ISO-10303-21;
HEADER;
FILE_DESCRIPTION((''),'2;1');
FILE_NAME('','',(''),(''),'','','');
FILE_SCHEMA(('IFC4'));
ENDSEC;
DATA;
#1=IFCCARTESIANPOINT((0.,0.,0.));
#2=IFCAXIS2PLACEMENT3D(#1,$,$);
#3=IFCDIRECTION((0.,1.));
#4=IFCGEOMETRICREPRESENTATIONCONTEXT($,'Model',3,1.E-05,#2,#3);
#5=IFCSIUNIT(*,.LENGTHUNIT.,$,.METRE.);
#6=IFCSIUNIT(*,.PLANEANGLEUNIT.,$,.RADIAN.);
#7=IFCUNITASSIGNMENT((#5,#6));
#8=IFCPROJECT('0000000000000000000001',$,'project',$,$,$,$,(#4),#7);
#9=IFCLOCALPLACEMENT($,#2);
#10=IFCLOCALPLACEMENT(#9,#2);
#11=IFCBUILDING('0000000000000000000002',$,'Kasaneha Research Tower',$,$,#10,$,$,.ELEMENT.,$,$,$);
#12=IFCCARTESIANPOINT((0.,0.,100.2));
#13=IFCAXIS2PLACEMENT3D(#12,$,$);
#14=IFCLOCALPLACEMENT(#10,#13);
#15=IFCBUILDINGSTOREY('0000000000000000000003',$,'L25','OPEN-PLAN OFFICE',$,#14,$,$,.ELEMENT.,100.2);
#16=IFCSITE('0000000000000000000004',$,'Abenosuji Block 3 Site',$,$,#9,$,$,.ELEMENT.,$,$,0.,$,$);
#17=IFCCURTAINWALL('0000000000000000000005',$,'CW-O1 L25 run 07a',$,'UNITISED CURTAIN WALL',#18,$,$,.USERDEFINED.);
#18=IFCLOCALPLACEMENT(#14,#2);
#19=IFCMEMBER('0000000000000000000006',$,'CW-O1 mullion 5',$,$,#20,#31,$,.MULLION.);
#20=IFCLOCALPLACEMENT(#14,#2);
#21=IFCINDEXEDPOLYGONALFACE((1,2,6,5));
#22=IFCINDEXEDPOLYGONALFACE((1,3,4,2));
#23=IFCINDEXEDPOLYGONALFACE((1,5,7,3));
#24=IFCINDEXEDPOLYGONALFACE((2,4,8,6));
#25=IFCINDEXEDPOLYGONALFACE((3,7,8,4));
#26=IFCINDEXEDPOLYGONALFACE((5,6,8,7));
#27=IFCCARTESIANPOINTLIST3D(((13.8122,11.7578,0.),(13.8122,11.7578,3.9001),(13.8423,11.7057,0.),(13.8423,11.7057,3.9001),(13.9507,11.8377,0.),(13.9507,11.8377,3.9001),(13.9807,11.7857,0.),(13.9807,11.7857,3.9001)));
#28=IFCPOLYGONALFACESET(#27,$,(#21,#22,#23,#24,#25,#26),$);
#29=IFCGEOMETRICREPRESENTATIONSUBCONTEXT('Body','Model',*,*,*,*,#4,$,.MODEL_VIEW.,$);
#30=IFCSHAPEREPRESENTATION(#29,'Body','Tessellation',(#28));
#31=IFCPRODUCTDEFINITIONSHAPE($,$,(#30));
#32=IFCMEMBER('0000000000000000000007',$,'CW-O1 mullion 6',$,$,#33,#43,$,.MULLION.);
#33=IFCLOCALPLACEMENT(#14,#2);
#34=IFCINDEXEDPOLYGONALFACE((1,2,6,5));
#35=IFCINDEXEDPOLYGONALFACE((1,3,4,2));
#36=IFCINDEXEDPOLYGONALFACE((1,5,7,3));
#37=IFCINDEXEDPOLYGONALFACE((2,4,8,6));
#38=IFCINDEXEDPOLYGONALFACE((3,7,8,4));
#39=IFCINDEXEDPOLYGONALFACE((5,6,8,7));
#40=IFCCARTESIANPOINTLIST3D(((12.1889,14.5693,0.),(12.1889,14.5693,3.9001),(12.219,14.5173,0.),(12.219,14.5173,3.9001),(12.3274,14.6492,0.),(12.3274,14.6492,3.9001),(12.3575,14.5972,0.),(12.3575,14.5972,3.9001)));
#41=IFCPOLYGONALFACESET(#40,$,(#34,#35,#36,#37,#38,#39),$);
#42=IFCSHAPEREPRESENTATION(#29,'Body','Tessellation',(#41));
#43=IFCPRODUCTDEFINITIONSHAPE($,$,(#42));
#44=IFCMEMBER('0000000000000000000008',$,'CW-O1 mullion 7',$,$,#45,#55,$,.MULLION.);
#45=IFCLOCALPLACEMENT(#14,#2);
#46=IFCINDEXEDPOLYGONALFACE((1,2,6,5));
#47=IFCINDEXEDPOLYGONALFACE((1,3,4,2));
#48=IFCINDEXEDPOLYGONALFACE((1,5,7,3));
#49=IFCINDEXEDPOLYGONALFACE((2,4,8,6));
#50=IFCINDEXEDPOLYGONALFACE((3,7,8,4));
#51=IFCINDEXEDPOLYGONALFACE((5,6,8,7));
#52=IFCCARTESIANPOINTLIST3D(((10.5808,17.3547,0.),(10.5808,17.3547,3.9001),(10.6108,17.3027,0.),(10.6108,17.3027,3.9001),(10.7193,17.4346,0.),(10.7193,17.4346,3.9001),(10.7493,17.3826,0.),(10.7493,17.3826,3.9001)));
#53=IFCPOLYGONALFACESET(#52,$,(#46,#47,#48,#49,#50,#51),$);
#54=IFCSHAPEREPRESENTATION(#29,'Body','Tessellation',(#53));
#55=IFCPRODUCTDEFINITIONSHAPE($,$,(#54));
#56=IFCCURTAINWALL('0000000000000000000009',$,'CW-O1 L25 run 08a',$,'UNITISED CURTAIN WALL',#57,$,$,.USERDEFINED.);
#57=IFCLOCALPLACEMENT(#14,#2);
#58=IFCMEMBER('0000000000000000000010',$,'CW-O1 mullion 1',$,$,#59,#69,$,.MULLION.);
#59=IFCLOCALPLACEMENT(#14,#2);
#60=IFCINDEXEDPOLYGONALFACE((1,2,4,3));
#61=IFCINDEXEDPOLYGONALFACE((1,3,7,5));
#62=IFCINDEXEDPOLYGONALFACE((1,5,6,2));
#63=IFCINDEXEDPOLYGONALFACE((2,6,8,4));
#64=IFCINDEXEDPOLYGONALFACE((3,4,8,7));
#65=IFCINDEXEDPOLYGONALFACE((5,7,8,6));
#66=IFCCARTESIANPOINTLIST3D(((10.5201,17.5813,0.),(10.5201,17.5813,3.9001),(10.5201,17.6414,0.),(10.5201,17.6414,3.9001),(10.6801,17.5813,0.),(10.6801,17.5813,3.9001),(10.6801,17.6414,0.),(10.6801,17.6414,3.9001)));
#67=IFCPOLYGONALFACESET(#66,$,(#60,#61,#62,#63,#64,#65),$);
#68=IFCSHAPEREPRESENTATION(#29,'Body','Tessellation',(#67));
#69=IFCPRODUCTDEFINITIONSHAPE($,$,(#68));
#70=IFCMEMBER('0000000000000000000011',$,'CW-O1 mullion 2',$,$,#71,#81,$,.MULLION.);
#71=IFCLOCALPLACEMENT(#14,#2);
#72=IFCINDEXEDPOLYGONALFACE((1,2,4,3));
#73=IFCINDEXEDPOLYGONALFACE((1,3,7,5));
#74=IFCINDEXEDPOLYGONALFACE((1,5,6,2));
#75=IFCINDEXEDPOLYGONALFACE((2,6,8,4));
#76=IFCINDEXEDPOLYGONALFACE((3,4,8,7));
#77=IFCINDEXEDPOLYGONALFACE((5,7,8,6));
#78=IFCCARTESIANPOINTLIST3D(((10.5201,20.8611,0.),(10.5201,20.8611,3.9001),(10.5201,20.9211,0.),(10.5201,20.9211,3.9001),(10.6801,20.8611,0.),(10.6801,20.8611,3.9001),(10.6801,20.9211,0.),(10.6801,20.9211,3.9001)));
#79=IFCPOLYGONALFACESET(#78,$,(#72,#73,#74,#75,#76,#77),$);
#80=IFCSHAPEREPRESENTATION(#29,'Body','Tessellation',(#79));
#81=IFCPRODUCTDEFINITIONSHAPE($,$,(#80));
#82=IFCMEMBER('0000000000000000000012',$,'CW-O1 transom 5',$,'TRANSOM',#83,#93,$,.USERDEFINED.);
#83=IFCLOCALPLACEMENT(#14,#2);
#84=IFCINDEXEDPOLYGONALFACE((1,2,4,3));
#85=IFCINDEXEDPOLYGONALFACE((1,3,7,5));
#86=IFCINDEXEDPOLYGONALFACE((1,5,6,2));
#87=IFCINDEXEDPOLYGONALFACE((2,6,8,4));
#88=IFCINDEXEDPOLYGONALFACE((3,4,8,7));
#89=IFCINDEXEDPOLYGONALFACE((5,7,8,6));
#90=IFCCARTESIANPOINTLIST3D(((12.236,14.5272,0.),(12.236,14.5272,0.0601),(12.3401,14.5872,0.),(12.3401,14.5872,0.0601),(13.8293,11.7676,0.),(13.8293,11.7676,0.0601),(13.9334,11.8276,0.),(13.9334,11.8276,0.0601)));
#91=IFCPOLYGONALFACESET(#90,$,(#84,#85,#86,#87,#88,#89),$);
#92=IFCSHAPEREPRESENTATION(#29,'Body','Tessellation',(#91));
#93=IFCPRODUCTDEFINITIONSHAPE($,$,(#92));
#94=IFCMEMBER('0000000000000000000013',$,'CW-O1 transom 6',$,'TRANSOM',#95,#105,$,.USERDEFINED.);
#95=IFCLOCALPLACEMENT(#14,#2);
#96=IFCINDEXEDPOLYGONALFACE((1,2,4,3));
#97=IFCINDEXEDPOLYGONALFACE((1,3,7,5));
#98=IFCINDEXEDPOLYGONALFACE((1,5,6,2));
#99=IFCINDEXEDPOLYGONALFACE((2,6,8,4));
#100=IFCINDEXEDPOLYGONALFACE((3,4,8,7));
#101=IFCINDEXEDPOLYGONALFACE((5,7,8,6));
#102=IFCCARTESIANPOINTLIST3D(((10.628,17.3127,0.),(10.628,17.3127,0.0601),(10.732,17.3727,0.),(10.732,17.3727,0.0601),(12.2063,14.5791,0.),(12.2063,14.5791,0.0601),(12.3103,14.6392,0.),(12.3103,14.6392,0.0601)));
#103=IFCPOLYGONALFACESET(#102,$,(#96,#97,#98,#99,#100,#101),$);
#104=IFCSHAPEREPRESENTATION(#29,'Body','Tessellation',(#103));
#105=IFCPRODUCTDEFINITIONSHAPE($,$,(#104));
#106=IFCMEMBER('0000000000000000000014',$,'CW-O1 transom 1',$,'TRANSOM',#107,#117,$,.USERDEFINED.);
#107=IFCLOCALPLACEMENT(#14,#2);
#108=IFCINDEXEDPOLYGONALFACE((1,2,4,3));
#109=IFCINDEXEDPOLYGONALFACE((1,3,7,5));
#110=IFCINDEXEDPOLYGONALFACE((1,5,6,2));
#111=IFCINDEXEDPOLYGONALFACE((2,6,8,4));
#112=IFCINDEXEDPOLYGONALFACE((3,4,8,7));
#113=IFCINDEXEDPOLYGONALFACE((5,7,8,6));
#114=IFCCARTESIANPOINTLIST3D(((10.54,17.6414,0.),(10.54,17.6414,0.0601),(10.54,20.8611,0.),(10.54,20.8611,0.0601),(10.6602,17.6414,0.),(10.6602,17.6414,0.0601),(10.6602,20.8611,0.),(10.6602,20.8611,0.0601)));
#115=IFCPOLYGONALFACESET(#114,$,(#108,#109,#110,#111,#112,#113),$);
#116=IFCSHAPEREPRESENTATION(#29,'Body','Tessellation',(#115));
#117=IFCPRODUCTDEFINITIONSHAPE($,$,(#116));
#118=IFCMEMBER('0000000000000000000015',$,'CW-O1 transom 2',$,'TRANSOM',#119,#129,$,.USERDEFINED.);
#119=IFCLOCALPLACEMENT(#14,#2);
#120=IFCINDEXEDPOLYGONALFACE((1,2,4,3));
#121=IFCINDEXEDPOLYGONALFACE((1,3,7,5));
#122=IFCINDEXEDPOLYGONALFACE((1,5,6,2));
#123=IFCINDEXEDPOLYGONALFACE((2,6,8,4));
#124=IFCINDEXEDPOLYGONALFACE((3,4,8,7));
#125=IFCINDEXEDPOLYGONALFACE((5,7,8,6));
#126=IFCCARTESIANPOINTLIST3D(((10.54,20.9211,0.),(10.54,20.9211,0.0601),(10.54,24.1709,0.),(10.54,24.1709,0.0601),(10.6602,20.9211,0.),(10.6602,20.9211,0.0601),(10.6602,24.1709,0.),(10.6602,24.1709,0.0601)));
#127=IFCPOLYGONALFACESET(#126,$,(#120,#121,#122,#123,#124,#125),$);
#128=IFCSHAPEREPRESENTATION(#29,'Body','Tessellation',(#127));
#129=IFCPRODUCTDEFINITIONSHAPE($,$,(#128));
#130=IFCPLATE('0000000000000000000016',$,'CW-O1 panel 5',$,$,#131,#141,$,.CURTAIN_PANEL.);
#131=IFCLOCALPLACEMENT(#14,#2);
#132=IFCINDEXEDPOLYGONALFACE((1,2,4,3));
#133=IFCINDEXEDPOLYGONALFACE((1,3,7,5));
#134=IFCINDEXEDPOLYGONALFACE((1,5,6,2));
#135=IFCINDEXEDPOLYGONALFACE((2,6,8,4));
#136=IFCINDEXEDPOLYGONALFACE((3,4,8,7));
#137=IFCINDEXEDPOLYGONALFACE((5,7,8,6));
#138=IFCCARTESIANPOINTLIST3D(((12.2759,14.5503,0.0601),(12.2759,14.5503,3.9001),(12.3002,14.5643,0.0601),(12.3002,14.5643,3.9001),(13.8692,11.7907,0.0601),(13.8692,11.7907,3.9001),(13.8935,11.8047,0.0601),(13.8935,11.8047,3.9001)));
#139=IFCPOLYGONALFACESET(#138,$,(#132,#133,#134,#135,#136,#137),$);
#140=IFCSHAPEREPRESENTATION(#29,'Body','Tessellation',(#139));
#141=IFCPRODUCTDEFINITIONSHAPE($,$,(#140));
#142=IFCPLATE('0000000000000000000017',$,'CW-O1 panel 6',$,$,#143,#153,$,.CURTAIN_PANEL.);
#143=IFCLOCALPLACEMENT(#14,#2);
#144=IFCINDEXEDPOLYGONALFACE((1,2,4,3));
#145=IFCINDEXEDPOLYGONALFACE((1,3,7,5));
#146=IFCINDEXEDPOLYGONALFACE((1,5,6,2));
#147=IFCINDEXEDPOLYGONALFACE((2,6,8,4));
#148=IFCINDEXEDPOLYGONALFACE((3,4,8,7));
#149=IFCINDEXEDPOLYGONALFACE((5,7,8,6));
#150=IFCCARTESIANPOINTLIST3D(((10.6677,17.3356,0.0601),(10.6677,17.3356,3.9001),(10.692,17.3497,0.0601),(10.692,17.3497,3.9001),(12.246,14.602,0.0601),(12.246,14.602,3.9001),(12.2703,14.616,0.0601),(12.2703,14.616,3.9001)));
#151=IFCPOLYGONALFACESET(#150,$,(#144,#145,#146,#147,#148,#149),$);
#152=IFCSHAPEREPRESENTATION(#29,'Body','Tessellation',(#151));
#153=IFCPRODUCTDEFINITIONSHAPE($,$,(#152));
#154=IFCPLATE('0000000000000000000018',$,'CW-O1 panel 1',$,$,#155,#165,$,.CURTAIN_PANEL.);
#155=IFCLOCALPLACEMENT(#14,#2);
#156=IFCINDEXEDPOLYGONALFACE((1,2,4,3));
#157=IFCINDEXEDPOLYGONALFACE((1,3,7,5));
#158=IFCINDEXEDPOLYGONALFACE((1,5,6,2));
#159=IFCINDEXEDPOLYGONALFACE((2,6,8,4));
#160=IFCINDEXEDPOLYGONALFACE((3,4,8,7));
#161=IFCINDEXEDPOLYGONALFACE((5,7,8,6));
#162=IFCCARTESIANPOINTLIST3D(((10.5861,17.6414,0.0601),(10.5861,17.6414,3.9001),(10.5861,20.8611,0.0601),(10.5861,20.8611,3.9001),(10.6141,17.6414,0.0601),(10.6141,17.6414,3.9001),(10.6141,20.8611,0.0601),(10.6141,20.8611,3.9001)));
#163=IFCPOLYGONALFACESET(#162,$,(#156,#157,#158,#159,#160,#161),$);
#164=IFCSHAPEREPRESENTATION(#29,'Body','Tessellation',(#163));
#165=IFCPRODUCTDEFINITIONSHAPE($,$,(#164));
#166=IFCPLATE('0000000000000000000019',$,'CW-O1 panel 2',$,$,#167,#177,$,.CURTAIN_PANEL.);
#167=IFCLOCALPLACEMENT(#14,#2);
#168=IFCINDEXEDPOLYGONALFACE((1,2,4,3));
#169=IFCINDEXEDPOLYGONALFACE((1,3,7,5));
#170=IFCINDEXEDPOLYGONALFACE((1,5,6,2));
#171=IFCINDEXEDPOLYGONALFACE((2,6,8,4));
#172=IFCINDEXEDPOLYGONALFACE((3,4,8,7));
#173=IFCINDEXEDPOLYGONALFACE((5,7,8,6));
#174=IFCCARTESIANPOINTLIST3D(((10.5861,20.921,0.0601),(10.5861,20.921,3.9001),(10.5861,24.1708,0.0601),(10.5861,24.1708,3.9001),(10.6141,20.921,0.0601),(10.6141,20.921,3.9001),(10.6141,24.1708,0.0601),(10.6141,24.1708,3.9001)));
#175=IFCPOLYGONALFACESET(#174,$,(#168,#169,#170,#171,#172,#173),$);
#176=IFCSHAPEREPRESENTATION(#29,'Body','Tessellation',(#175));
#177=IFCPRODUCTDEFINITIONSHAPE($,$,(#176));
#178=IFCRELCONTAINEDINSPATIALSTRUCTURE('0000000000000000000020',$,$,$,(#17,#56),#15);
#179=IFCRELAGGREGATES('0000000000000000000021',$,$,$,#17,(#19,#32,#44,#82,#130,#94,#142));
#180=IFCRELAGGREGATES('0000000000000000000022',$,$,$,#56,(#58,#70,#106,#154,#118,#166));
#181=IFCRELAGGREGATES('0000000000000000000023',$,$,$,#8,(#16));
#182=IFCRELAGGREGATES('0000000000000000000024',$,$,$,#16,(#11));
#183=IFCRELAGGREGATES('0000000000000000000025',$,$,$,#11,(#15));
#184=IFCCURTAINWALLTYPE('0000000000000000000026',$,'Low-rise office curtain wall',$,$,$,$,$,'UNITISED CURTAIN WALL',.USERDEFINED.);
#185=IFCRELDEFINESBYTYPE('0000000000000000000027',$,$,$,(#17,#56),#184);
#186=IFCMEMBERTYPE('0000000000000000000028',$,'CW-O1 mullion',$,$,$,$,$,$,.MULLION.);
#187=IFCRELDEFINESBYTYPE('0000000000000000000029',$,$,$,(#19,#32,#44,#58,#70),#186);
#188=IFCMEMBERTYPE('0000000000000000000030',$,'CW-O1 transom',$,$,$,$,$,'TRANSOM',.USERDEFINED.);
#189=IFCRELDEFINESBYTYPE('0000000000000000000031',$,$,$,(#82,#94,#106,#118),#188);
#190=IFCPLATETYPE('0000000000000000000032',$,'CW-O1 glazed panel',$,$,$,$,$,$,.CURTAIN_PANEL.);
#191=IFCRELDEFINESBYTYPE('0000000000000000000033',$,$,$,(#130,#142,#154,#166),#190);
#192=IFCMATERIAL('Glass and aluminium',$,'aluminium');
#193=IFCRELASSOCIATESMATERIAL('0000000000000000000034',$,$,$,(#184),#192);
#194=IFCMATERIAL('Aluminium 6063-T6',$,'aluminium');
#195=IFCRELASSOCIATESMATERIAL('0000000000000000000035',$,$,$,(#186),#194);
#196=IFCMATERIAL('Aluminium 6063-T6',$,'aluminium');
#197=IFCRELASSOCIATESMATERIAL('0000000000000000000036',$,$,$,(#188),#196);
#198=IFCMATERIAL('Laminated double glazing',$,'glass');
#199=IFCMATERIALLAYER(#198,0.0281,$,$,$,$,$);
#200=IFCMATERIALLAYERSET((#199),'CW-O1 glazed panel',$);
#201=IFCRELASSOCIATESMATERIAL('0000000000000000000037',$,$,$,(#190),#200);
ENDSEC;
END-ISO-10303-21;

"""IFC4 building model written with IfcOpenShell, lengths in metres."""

from ifc_helpers import new_model, si_unit, direction, frame, origin, origin_2d, place, context, subcontext, project, spatial, rectangle, extrude, material, layer, layer_set, material_profile, profile_set, type_object, element, aggregate, save


model = new_model("IFC4")

# Units and contexts
model_context = context("Model", 3, precision=1e-05, world=origin(), true_north=direction((0.0, 1.0)))
body_context = subcontext(model_context, "Body", "Model", "MODEL_VIEW")
ifc_project = project(units=[si_unit("LENGTHUNIT", "METRE"), si_unit("PLANEANGLEUNIT", "RADIAN")], contexts=[model_context])

# Site, building, storey
site_placement = place(None, origin())
site = spatial("IfcSite", under=ifc_project, at=site_placement, Name="Abenosuji Block 3 Site", CompositionType="ELEMENT", RefElevation=0.0)
building_placement = place(site_placement, origin())
building = spatial("IfcBuilding", under=site, at=building_placement, Name="Kasaneha Research Tower", CompositionType="ELEMENT")
storey_placement = place(building_placement, frame((0.0, 0.0, 100.2)))
storey = spatial("IfcBuildingStorey", under=building, at=storey_placement, Name="L25", Description="OPEN-PLAN OFFICE", CompositionType="ELEMENT", Elevation=100.2)

# Curtain walls, members
ifc_material_1 = material(Name="Glass and aluminium", Category="aluminium")
curtain_wall_type = type_object("IfcCurtainWallType", Name="Low-rise office curtain wall", ElementType="UNITISED CURTAIN WALL", PredefinedType="USERDEFINED", material=ifc_material_1)
curtain_wall_1_placement = place(storey_placement, origin())
curtain_wall_1 = element("IfcCurtainWall", 1, at=curtain_wall_1_placement, inside=storey, type_object=curtain_wall_type, Name="CW-O1 L25 run 07a", ObjectType="UNITISED CURTAIN WALL", PredefinedType="USERDEFINED")
ifc_material_2 = material(Name="Aluminium 6063-T6", Category="aluminium")
ifc_material_profile_1 = material_profile(ifc_material_2, rectangle(XDim=0.0601, YDim=0.1599, at=origin_2d()), Name="CW-O1 mullion 60x160")
ifc_profile_set_1 = profile_set([ifc_material_profile_1], Name="Aluminium 6063-T6")
member_type_1 = type_object("IfcMemberType", Name="CW-O1 mullion", PredefinedType="MULLION", material=ifc_profile_set_1)
member_1_placement = place(storey_placement, frame((13.8965, 11.7717, 0.0), z_axis=(0.0, 0.0, 1.0), x_axis=(-0.5, 0.866025, 0.0)))
member_1 = element("IfcMember", 2, at=member_1_placement, type_object=member_type_1, Name="CW-O1 mullion 5", PredefinedType="MULLION", context=body_context, shape_type="SweptSolid", body=[
    extrude(rectangle(XDim=0.0601, YDim=0.1599, at=origin_2d()), origin(), (0.0, 0.0, 1.0), 3.9001),
])
member_2_placement = place(storey_placement, frame((12.2732, 14.5833, 0.0), z_axis=(0.0, 0.0, 1.0), x_axis=(-0.5, 0.866025, 0.0)))
member_2 = element("IfcMember", 3, at=member_2_placement, type_object=member_type_1, Name="CW-O1 mullion 6", PredefinedType="MULLION", context=body_context, shape_type="SweptSolid", body=[
    extrude(rectangle(XDim=0.0601, YDim=0.1599, at=origin_2d()), origin(), (0.0, 0.0, 1.0), 3.9001),
])
member_3_placement = place(storey_placement, frame((10.665, 17.3687, 0.0), z_axis=(0.0, 0.0, 1.0), x_axis=(-0.5, 0.866025, 0.0)))
member_3 = element("IfcMember", 4, at=member_3_placement, type_object=member_type_1, Name="CW-O1 mullion 7", PredefinedType="MULLION", context=body_context, shape_type="SweptSolid", body=[
    extrude(rectangle(XDim=0.0601, YDim=0.1599, at=origin_2d()), origin(), (0.0, 0.0, 1.0), 3.9001),
])
curtain_wall_2_placement = place(storey_placement, origin())
curtain_wall_2 = element("IfcCurtainWall", 5, at=curtain_wall_2_placement, inside=storey, type_object=curtain_wall_type, Name="CW-O1 L25 run 08a", ObjectType="UNITISED CURTAIN WALL", PredefinedType="USERDEFINED")
member_4_placement = place(storey_placement, frame((10.6001, 17.6113, 0.0), z_axis=(0.0, 0.0, 1.0), x_axis=(0.0, 1.0, 0.0)))
member_4 = element("IfcMember", 6, at=member_4_placement, type_object=member_type_1, Name="CW-O1 mullion 1", PredefinedType="MULLION", context=body_context, shape_type="SweptSolid", body=[
    extrude(rectangle(XDim=0.0601, YDim=0.1599, at=origin_2d()), origin(), (0.0, 0.0, 1.0), 3.9001),
])
member_5_placement = place(storey_placement, frame((10.6001, 20.8911, 0.0), z_axis=(0.0, 0.0, 1.0), x_axis=(0.0, 1.0, 0.0)))
member_5 = element("IfcMember", 7, at=member_5_placement, type_object=member_type_1, Name="CW-O1 mullion 2", PredefinedType="MULLION", context=body_context, shape_type="SweptSolid", body=[
    extrude(rectangle(XDim=0.0601, YDim=0.1599, at=origin_2d()), origin(), (0.0, 0.0, 1.0), 3.9001),
])

# Members
ifc_material_3 = material(Name="Aluminium 6063-T6", Category="aluminium")
ifc_material_profile_2 = material_profile(ifc_material_3, rectangle(XDim=0.1201, YDim=0.0601, at=origin_2d()), Name="CW-O1 transom 120x60")
ifc_profile_set_2 = profile_set([ifc_material_profile_2], Name="Aluminium 6063-T6")
member_type_2 = type_object("IfcMemberType", Name="CW-O1 transom", ElementType="TRANSOM", PredefinedType="USERDEFINED", material=ifc_profile_set_2)
member_6_placement = place(storey_placement, frame((13.8813, 11.7976, 0.03), z_axis=(-0.500012, 0.866018, 0.0), x_axis=(-0.866018, -0.500012, 0.0)))
member_6 = element("IfcMember", 8, at=member_6_placement, type_object=member_type_2, Name="CW-O1 transom 5", ObjectType="TRANSOM", PredefinedType="USERDEFINED", context=body_context, shape_type="SweptSolid", body=[
    extrude(rectangle(XDim=0.1201, YDim=0.0601, at=origin_2d()), origin(), (0.0, 0.0, 1.0), 3.1865),
])
member_7_placement = place(storey_placement, frame((12.2583, 14.6091, 0.03), z_axis=(-0.500024, 0.866012, 0.0), x_axis=(-0.866012, -0.500024, 0.0)))
member_7 = element("IfcMember", 9, at=member_7_placement, type_object=member_type_2, Name="CW-O1 transom 6", ObjectType="TRANSOM", PredefinedType="USERDEFINED", context=body_context, shape_type="SweptSolid", body=[
    extrude(rectangle(XDim=0.1201, YDim=0.0601, at=origin_2d()), origin(), (0.0, 0.0, 1.0), 3.1565),
])
member_8_placement = place(storey_placement, frame((10.6001, 17.6414, 0.03), z_axis=(0.0, 1.0, 0.0), x_axis=(-1.0, 0.0, 0.0)))
member_8 = element("IfcMember", 10, at=member_8_placement, type_object=member_type_2, Name="CW-O1 transom 1", ObjectType="TRANSOM", PredefinedType="USERDEFINED", context=body_context, shape_type="SweptSolid", body=[
    extrude(rectangle(XDim=0.1201, YDim=0.0601, at=origin_2d()), origin(), (0.0, 0.0, 1.0), 3.2197),
])
member_9_placement = place(storey_placement, frame((10.6001, 20.9211, 0.03), z_axis=(0.0, 1.0, 0.0), x_axis=(-1.0, 0.0, 0.0)))
member_9 = element("IfcMember", 11, at=member_9_placement, type_object=member_type_2, Name="CW-O1 transom 2", ObjectType="TRANSOM", PredefinedType="USERDEFINED", context=body_context, shape_type="SweptSolid", body=[
    extrude(rectangle(XDim=0.1201, YDim=0.0601, at=origin_2d()), origin(), (0.0, 0.0, 1.0), 3.2498),
])

# Plates
ifc_material_4 = material(Name="Laminated double glazing", Category="glass")
ifc_layer_1 = layer(ifc_material_4, 0.0281)
ifc_layer_set_1 = layer_set([ifc_layer_1], Name="CW-O1 glazed panel")
plate_type = type_object("IfcPlateType", Name="CW-O1 glazed panel", PredefinedType="CURTAIN_PANEL", material=ifc_layer_set_1)
plate_1_placement = place(storey_placement, frame((13.0847, 13.1775, 0.0601), z_axis=(0.0, 0.0, 1.0), x_axis=(-0.5, 0.866025, 0.0)))
plate_1 = element("IfcPlate", 12, at=plate_1_placement, type_object=plate_type, Name="CW-O1 panel 5", PredefinedType="CURTAIN_PANEL", context=body_context, shape_type="SweptSolid", body=[
    extrude(rectangle(XDim=3.1865, YDim=0.0281, at=origin_2d()), origin(), (0.0, 0.0, 1.0), 3.8401),
])
plate_2_placement = place(storey_placement, frame((11.469, 15.9758, 0.0601), z_axis=(0.0, 0.0, 1.0), x_axis=(-0.5, 0.866025, 0.0)))
plate_2 = element("IfcPlate", 13, at=plate_2_placement, type_object=plate_type, Name="CW-O1 panel 6", PredefinedType="CURTAIN_PANEL", context=body_context, shape_type="SweptSolid", body=[
    extrude(rectangle(XDim=3.1565, YDim=0.0281, at=origin_2d()), origin(), (0.0, 0.0, 1.0), 3.8401),
])
aggregate(curtain_wall_1, [member_1, member_2, member_3, member_6, plate_1, member_7, plate_2])
plate_3_placement = place(storey_placement, frame((10.6001, 19.2512, 0.0601), z_axis=(0.0, 0.0, 1.0), x_axis=(0.0, 1.0, 0.0)))
plate_3 = element("IfcPlate", 14, at=plate_3_placement, type_object=plate_type, Name="CW-O1 panel 1", PredefinedType="CURTAIN_PANEL", context=body_context, shape_type="SweptSolid", body=[
    extrude(rectangle(XDim=3.2197, YDim=0.0281, at=origin_2d()), origin(), (0.0, 0.0, 1.0), 3.8401),
])
plate_4_placement = place(storey_placement, frame((10.6001, 22.5459, 0.0601), z_axis=(0.0, 0.0, 1.0), x_axis=(0.0, 1.0, 0.0)))
plate_4 = element("IfcPlate", 15, at=plate_4_placement, type_object=plate_type, Name="CW-O1 panel 2", PredefinedType="CURTAIN_PANEL", context=body_context, shape_type="SweptSolid", body=[
    extrude(rectangle(XDim=3.2498, YDim=0.0281, at=origin_2d()), origin(), (0.0, 0.0, 1.0), 3.8401),
])
aggregate(curtain_wall_2, [member_4, member_5, member_8, plate_3, member_9, plate_4])

save(model, "model.ifc")
